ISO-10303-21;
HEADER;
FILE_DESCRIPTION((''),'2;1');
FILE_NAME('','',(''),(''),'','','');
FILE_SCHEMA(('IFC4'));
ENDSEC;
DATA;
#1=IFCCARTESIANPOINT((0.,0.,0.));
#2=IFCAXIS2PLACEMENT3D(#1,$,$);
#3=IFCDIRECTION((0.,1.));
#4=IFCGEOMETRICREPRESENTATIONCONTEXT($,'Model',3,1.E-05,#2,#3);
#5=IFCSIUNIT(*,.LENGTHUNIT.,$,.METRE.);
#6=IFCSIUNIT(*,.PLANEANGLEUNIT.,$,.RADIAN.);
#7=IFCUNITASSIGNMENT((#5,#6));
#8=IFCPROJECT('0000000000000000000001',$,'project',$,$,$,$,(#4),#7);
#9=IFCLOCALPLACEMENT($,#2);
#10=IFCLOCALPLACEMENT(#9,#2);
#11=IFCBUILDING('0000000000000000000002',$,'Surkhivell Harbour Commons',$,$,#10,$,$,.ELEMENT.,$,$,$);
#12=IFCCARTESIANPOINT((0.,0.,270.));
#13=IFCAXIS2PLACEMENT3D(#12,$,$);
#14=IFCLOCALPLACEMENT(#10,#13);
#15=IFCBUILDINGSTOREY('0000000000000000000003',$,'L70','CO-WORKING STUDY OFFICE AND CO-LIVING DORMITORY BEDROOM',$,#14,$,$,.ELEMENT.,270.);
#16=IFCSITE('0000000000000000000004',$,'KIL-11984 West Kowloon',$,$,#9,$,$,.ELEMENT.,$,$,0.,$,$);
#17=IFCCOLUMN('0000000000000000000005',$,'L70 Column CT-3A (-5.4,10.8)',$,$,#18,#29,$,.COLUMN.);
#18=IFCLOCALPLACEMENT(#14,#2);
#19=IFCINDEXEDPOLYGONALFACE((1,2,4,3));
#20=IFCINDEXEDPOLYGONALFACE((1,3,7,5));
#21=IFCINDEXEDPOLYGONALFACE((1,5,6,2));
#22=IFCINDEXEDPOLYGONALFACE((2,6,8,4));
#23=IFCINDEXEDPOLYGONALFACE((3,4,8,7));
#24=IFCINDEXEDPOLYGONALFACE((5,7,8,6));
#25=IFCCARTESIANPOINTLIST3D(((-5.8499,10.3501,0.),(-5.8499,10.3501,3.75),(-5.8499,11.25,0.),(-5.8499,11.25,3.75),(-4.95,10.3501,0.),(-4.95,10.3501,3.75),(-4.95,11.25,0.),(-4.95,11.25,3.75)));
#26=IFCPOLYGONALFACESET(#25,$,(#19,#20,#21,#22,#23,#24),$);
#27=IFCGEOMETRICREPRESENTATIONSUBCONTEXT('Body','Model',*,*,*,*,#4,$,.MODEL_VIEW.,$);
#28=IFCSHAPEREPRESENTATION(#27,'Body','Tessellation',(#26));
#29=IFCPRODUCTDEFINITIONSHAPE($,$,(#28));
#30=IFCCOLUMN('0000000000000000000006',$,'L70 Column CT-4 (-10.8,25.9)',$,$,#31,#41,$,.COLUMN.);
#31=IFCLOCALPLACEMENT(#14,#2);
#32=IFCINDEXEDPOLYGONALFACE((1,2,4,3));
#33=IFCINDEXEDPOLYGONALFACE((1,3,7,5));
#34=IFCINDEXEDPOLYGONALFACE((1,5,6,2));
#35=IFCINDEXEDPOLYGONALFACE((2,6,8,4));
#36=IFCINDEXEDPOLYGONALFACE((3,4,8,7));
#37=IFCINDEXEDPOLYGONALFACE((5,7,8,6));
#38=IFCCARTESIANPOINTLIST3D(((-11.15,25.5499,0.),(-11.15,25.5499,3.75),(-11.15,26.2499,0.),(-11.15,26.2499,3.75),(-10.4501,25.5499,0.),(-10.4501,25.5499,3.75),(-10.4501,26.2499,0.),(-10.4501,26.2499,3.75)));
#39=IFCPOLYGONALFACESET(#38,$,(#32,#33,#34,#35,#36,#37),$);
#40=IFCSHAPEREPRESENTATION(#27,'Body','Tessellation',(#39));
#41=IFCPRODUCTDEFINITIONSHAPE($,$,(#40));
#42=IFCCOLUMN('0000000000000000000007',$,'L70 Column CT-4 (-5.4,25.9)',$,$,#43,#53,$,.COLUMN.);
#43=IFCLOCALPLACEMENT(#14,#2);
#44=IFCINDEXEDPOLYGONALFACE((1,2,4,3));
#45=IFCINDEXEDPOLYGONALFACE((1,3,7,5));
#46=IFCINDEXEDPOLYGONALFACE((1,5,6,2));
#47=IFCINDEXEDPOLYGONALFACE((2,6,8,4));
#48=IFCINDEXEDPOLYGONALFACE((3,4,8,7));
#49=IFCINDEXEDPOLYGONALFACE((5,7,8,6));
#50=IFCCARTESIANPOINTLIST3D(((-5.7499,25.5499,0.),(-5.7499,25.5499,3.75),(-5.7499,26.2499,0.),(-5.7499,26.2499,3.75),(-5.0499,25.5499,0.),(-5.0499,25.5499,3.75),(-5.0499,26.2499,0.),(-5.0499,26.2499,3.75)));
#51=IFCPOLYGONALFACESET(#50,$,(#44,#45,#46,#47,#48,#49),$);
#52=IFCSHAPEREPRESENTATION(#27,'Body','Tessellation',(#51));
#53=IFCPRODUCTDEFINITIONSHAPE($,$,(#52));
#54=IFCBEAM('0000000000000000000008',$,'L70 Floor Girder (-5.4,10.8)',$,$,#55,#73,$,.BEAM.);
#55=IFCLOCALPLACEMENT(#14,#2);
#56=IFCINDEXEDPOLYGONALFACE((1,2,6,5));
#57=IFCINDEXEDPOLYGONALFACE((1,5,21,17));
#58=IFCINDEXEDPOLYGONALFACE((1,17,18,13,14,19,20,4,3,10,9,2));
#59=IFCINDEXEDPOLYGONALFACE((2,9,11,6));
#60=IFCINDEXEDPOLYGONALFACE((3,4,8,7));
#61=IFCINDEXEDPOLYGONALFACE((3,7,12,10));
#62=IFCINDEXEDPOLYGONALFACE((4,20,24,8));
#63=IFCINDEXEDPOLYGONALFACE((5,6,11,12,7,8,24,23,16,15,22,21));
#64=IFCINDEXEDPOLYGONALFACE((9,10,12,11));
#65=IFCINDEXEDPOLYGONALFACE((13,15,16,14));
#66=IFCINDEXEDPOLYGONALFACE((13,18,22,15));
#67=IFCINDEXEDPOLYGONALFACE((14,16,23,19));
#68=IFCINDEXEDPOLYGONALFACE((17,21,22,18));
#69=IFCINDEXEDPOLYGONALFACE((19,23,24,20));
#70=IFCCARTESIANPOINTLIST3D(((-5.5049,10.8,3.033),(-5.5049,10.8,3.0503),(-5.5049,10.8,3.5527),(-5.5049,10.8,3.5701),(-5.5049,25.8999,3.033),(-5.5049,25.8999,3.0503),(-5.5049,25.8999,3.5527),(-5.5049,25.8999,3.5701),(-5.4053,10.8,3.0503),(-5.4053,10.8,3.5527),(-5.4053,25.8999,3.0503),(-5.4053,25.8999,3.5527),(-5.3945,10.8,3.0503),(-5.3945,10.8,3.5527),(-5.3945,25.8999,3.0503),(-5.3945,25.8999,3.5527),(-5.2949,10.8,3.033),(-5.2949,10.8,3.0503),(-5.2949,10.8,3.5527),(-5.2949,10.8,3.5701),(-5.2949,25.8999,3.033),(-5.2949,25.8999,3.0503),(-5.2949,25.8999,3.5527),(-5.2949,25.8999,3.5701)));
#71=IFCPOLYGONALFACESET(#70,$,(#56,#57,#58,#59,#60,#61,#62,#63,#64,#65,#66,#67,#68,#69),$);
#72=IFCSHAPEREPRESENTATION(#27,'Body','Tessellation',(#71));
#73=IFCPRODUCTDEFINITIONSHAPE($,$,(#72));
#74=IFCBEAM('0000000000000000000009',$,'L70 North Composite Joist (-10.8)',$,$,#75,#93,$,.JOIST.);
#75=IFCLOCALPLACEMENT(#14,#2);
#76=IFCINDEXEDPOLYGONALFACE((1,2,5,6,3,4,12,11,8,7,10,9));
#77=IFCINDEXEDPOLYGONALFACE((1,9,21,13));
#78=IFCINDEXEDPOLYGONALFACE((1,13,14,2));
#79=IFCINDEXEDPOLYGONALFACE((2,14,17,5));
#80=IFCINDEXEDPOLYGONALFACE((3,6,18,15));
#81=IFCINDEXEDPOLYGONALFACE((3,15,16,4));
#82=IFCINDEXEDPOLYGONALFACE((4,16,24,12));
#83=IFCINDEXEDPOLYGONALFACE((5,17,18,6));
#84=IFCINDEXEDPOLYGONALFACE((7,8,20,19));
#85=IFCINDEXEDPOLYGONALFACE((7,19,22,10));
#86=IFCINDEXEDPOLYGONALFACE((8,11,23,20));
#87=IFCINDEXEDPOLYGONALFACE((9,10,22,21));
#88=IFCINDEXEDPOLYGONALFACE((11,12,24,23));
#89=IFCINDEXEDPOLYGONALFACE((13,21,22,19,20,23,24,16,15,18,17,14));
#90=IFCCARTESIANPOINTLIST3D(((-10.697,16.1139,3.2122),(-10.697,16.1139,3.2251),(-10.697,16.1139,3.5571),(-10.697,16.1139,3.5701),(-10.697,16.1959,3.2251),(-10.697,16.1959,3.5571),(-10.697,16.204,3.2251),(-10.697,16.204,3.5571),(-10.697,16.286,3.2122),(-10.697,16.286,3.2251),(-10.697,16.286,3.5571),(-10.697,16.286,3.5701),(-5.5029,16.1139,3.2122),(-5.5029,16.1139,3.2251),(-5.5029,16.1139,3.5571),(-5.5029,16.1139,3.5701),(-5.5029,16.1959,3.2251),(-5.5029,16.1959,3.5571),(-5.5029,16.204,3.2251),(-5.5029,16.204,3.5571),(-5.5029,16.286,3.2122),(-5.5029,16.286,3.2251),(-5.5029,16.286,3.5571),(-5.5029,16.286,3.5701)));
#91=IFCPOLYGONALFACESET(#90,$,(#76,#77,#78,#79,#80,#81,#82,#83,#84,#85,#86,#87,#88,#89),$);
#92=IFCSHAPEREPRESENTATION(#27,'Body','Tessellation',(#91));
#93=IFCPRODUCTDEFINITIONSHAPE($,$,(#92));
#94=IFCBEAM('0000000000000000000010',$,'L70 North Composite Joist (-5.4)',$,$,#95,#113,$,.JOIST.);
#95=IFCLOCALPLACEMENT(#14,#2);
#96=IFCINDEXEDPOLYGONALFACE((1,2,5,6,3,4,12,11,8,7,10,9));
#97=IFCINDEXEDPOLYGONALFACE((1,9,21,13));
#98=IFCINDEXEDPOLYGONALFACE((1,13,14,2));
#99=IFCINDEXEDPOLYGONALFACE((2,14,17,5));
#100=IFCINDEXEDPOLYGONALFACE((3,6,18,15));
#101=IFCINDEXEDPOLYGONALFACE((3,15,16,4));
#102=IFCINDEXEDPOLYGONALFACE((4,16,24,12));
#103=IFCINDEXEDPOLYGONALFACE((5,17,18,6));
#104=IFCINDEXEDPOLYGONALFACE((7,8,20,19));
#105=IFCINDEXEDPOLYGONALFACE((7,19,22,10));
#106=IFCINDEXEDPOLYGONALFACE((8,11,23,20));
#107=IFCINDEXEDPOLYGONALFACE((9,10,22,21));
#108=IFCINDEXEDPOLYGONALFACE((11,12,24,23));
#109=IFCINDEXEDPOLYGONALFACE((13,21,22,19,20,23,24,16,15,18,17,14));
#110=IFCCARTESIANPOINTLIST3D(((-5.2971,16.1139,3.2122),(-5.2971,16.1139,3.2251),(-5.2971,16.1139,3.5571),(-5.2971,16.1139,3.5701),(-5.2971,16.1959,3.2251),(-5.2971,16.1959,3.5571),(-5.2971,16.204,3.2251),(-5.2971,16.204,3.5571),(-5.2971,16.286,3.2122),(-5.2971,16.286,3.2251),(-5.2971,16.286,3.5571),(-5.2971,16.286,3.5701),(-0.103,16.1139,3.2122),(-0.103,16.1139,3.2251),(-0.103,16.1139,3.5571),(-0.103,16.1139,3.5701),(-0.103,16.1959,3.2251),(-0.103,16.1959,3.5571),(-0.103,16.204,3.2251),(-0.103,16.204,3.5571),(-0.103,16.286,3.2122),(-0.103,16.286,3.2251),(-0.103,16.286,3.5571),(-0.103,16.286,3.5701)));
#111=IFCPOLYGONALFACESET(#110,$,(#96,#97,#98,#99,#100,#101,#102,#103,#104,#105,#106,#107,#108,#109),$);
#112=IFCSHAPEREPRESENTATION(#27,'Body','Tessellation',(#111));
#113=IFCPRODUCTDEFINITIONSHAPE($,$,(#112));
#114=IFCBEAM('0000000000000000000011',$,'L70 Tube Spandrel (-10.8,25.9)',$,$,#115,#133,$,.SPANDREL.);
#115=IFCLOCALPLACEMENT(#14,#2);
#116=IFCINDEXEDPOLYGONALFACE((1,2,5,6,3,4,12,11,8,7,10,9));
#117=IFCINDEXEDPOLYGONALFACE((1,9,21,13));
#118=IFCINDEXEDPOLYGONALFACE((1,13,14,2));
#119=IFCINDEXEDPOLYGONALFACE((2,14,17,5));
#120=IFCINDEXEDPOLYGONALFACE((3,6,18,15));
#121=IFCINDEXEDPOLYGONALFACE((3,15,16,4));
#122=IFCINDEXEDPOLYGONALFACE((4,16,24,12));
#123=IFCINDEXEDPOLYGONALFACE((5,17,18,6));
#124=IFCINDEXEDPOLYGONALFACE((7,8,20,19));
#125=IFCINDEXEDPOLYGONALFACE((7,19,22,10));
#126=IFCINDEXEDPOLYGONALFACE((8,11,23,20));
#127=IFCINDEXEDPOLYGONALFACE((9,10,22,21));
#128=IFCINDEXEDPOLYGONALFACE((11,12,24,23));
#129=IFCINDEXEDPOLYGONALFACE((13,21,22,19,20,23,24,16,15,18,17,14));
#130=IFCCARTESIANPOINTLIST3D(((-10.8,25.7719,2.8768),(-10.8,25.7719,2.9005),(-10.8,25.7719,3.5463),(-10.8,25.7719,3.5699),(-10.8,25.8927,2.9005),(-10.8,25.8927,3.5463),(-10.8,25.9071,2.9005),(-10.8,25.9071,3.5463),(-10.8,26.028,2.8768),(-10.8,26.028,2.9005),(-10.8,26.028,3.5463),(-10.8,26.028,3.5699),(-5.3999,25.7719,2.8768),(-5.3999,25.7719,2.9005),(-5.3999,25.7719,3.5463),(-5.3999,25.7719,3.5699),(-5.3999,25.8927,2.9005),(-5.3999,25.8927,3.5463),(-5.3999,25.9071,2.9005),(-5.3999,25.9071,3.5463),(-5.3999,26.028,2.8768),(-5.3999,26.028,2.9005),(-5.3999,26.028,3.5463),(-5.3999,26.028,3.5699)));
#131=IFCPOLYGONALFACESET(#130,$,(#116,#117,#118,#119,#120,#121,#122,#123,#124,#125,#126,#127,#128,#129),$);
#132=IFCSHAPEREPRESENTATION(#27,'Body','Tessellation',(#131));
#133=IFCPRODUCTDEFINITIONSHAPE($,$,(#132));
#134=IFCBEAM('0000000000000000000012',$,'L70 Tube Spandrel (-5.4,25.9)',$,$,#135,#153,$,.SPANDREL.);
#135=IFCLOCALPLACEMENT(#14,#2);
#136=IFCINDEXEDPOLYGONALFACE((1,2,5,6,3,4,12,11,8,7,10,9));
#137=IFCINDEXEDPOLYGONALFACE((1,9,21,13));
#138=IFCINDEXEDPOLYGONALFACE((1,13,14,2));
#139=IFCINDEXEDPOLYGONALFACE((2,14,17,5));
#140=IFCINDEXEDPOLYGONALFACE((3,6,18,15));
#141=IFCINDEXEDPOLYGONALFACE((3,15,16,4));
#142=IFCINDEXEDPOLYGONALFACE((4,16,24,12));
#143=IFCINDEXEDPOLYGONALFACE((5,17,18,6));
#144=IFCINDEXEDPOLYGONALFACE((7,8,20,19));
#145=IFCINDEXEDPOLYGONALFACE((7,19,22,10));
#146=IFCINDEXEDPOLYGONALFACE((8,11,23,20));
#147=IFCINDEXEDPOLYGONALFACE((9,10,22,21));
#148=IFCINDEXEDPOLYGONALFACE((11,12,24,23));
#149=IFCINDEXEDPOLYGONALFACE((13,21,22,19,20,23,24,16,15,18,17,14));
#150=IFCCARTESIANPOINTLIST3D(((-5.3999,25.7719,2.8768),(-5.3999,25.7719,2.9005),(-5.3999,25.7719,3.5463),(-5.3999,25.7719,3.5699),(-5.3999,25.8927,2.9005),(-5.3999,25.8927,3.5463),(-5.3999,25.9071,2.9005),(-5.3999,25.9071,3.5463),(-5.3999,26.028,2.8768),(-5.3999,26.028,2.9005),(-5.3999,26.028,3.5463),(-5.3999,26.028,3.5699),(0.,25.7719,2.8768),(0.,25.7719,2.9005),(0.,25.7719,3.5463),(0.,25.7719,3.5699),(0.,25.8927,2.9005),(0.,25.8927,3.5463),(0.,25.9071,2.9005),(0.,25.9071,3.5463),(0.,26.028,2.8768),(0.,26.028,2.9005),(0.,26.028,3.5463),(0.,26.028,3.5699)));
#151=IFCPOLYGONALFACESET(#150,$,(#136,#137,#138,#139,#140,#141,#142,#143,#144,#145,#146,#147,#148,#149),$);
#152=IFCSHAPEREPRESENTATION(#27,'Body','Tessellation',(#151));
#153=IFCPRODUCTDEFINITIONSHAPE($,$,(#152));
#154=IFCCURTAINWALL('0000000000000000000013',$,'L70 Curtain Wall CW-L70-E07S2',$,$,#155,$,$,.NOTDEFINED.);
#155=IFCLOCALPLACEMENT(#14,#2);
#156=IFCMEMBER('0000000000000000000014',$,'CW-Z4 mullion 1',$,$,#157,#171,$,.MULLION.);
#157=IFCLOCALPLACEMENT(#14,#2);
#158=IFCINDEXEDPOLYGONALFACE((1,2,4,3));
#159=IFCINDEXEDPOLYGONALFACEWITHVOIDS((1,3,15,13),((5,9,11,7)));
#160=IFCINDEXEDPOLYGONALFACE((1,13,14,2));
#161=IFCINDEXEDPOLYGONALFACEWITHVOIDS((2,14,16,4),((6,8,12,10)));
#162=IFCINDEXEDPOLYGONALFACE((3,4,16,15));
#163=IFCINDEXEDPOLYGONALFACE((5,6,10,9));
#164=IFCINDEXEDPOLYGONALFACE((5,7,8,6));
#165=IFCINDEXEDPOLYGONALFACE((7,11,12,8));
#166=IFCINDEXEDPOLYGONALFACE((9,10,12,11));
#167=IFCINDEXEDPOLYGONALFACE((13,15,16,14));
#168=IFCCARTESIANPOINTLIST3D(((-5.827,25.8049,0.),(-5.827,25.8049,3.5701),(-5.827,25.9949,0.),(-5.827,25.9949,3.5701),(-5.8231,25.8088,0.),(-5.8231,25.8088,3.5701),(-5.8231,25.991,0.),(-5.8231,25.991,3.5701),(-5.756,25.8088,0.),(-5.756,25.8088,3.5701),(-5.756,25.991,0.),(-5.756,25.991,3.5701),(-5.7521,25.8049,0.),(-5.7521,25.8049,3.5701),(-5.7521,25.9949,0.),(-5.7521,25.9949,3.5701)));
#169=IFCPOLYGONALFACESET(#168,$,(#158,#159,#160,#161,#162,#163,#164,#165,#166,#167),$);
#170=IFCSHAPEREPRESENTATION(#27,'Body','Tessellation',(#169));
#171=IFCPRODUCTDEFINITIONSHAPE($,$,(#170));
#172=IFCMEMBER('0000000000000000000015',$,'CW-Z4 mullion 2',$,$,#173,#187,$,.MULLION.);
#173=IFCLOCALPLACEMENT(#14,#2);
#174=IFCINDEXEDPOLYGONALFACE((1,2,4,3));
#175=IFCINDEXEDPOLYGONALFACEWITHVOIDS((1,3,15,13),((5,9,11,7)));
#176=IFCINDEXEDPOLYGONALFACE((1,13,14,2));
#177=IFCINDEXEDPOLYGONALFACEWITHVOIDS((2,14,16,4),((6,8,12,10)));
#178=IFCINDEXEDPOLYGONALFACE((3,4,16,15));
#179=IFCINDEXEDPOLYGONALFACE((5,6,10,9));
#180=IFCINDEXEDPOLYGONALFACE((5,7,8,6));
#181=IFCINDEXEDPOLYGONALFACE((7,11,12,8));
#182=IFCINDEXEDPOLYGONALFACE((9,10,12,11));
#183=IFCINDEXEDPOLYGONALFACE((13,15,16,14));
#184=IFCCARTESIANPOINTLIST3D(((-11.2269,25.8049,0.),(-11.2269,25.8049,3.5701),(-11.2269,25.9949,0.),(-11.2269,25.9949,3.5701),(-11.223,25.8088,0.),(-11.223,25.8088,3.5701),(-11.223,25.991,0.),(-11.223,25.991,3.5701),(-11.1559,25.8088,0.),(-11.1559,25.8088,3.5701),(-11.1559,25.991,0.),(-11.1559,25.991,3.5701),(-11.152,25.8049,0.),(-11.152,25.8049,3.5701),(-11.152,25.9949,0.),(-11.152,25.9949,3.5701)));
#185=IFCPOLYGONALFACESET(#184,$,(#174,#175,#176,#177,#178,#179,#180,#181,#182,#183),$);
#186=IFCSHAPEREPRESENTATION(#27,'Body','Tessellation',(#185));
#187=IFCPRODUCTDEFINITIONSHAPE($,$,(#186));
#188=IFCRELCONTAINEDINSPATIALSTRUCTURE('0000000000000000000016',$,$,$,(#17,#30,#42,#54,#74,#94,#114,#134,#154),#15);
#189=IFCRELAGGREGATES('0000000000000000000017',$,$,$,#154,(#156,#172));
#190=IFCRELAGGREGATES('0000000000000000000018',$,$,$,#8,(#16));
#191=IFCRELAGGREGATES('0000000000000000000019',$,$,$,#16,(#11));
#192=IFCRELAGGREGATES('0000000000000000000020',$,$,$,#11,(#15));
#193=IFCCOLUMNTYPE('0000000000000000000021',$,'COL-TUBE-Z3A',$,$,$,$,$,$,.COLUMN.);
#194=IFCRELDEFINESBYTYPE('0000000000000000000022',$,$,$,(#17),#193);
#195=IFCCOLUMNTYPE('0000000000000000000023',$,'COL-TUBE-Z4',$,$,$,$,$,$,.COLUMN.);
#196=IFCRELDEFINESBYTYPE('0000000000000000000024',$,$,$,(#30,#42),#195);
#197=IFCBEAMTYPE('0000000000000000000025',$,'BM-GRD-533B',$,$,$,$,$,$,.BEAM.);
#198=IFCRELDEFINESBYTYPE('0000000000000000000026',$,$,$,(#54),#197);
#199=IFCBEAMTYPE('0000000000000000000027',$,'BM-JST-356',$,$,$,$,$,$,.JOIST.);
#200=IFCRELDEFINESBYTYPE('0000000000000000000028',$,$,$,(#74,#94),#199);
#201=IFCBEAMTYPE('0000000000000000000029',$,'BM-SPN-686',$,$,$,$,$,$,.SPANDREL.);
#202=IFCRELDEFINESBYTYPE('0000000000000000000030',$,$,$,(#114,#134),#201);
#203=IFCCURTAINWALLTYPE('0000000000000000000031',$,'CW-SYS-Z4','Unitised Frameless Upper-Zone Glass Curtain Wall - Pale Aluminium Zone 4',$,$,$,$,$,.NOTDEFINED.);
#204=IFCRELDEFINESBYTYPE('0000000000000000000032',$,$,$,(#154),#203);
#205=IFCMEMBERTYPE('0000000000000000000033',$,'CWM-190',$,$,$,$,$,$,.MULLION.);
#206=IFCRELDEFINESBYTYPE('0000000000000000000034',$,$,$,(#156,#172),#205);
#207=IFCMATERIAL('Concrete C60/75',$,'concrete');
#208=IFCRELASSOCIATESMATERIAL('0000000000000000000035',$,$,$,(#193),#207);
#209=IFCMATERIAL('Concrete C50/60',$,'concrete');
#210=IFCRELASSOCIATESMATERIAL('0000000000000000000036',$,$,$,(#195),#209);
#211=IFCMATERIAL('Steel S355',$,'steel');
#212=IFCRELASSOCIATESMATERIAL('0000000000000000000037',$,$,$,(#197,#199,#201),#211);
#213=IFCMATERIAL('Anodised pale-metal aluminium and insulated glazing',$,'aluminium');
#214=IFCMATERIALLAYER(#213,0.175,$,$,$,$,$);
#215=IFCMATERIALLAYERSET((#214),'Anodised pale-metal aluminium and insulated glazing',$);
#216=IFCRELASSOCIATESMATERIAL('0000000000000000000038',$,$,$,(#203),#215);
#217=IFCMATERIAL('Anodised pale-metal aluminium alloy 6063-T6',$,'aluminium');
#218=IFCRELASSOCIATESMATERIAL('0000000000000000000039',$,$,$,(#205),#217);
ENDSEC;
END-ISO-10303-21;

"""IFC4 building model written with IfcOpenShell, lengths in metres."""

from ifc_helpers import new_model, si_unit, direction, frame, origin, origin_2d, place, context, subcontext, project, spatial, rectangle, hollow_rectangle, i_section, extrude, material, layer, layer_set, material_profile, profile_set, type_object, element, aggregate, save


model = new_model("IFC4")

# Units and contexts
model_context = context("Model", 3, precision=1e-05, world=origin(), true_north=direction((0.0, 1.0)))
body_context = subcontext(model_context, "Body", "Model", "MODEL_VIEW")
ifc_project = project(units=[si_unit("LENGTHUNIT", "METRE"), si_unit("PLANEANGLEUNIT", "RADIAN")], contexts=[model_context])

# Site, building, storey
site_placement = place(None, origin())
site = spatial("IfcSite", under=ifc_project, at=site_placement, Name="KIL-11984 West Kowloon", CompositionType="ELEMENT", RefElevation=0.0)
building_placement = place(site_placement, origin())
building = spatial("IfcBuilding", under=site, at=building_placement, Name="Surkhivell Harbour Commons", CompositionType="ELEMENT")
storey_placement = place(building_placement, frame((0.0, 0.0, 270.0)))
storey = spatial("IfcBuildingStorey", under=building, at=storey_placement, Name="L70", Description="CO-WORKING STUDY OFFICE AND CO-LIVING DORMITORY BEDROOM", CompositionType="ELEMENT", Elevation=270.0)

# Columns
ifc_material_1 = material(Name="Concrete C60/75", Category="concrete")
ifc_material_profile_1 = material_profile(ifc_material_1, rectangle(XDim=0.8999, YDim=0.8999, at=origin_2d()), Name="RC-COL-900x900")
ifc_profile_set_1 = profile_set([ifc_material_profile_1], Name="Concrete C60/75")
column_type_1 = type_object("IfcColumnType", Name="COL-TUBE-Z3A", PredefinedType="COLUMN", material=ifc_profile_set_1)
column_placement = place(storey_placement, frame((-5.3999, 10.8, 0.0), z_axis=(0.0, 0.0, 1.0), x_axis=(1.0, 0.0, 0.0)))
element("IfcColumn", 1, at=column_placement, inside=storey, type_object=column_type_1, Name="L70 Column CT-3A (-5.4,10.8)", PredefinedType="COLUMN", context=body_context, shape_type="SweptSolid", body=[
    extrude(rectangle(XDim=0.8999, YDim=0.8999, at=origin_2d()), origin(), (0.0, 0.0, 1.0), 3.75),
])
ifc_material_2 = material(Name="Concrete C50/60", Category="concrete")
ifc_material_profile_2 = material_profile(ifc_material_2, rectangle(XDim=0.7, YDim=0.7, at=origin_2d()), Name="RC-COL-700x700")
ifc_profile_set_2 = profile_set([ifc_material_profile_2], Name="Concrete C50/60")
column_type_2 = type_object("IfcColumnType", Name="COL-TUBE-Z4", PredefinedType="COLUMN", material=ifc_profile_set_2)
for number, where, z_axis, x_axis, name in (
    (2, (-10.8, 25.8999, 0.0), (0.0, 0.0, 1.0), (1.0, 0.0, 0.0), "L70 Column CT-4 (-10.8,25.9)"),
    (3, (-5.3999, 25.8999, 0.0), (0.0, 0.0, 1.0), (1.0, 0.0, 0.0), "L70 Column CT-4 (-5.4,25.9)"),
):
    element("IfcColumn", number, at=place(storey_placement, frame(where, z_axis=z_axis, x_axis=x_axis)), inside=storey, type_object=column_type_2, Name=name, PredefinedType="COLUMN", context=body_context, shape_type="SweptSolid", body=[
        extrude(rectangle(XDim=0.7, YDim=0.7, at=origin_2d()), origin(), (0.0, 0.0, 1.0), 3.75),
    ])

# Beams
ifc_material_3 = material(Name="Steel S355", Category="steel")
ifc_material_profile_3 = material_profile(ifc_material_3, i_section(OverallWidth=0.21, OverallDepth=0.5371, WebThickness=0.0107, FlangeThickness=0.0173, at=origin_2d()), Name="UB533x210x101")
ifc_profile_set_3 = profile_set([ifc_material_profile_3], Name="Steel S355")
beam_type_1 = type_object("IfcBeamType", Name="BM-GRD-533B", PredefinedType="BEAM", material=ifc_profile_set_3)
beam_1_placement = place(storey_placement, frame((-5.3999, 10.8, 3.3015), z_axis=(0.0, 1.0, 0.0), x_axis=(-1.0, 0.0, 0.0)))
element("IfcBeam", 4, at=beam_1_placement, inside=storey, type_object=beam_type_1, Name="L70 Floor Girder (-5.4,10.8)", PredefinedType="BEAM", context=body_context, shape_type="SweptSolid", body=[
    extrude(i_section(OverallWidth=0.21, OverallDepth=0.5371, WebThickness=0.0107, FlangeThickness=0.0173, at=origin_2d()), origin(), (0.0, 0.0, 1.0), 15.0999),
])
ifc_material_profile_4 = material_profile(ifc_material_3, i_section(OverallWidth=0.1721, OverallDepth=0.3579, WebThickness=0.0081, FlangeThickness=0.0129, at=origin_2d()), Name="UB356x171x57")
ifc_profile_set_4 = profile_set([ifc_material_profile_4], Name="Steel S355")
beam_type_2 = type_object("IfcBeamType", Name="BM-JST-356", PredefinedType="JOIST", material=ifc_profile_set_4)
for number, where, z_axis, x_axis, name in (
    (5, (-10.697, 16.2, 3.3911), (1.0, 0.0, 0.0), (0.0, 1.0, 0.0), "L70 North Composite Joist (-10.8)"),
    (6, (-5.2971, 16.2, 3.3911), (1.0, 0.0, 0.0), (0.0, 1.0, 0.0), "L70 North Composite Joist (-5.4)"),
):
    element("IfcBeam", number, at=place(storey_placement, frame(where, z_axis=z_axis, x_axis=x_axis)), inside=storey, type_object=beam_type_2, Name=name, PredefinedType="JOIST", context=body_context, shape_type="SweptSolid", body=[
        extrude(i_section(OverallWidth=0.1721, OverallDepth=0.3579, WebThickness=0.0081, FlangeThickness=0.0129, at=origin_2d()), origin(), (0.0, 0.0, 1.0), 5.1941),
    ])
ifc_material_profile_5 = material_profile(ifc_material_3, i_section(OverallWidth=0.2561, OverallDepth=0.6931, WebThickness=0.0144, FlangeThickness=0.0237, at=origin_2d()), Name="UB686x254x170")
ifc_profile_set_5 = profile_set([ifc_material_profile_5], Name="Steel S355")
beam_type_3 = type_object("IfcBeamType", Name="BM-SPN-686", PredefinedType="SPANDREL", material=ifc_profile_set_5)
beam_2_placement = place(storey_placement, frame((-10.8, 25.8999, 3.2234), z_axis=(1.0, 0.0, 0.0), x_axis=(0.0, 1.0, 0.0)))
element("IfcBeam", 7, at=beam_2_placement, inside=storey, type_object=beam_type_3, Name="L70 Tube Spandrel (-10.8,25.9)", PredefinedType="SPANDREL", context=body_context, shape_type="SweptSolid", body=[
    extrude(i_section(OverallWidth=0.2561, OverallDepth=0.6931, WebThickness=0.0144, FlangeThickness=0.0237, at=origin_2d()), origin(), (0.0, 0.0, 1.0), 5.4001),
])
beam_3_placement = place(storey_placement, frame((-5.3999, 25.8999, 3.2234), z_axis=(1.0, 0.0, 0.0), x_axis=(0.0, 1.0, 0.0)))
element("IfcBeam", 8, at=beam_3_placement, inside=storey, type_object=beam_type_3, Name="L70 Tube Spandrel (-5.4,25.9)", PredefinedType="SPANDREL", context=body_context, shape_type="SweptSolid", body=[
    extrude(i_section(OverallWidth=0.2561, OverallDepth=0.6931, WebThickness=0.0144, FlangeThickness=0.0237, at=origin_2d()), origin(), (0.0, 0.0, 1.0), 5.3999),
])

# Curtain wall, members
ifc_material_4 = material(Name="Anodised pale-metal aluminium and insulated glazing", Category="aluminium")
ifc_layer_1 = layer(ifc_material_4, 0.175)
ifc_layer_set_1 = layer_set([ifc_layer_1], Name="Anodised pale-metal aluminium and insulated glazing")
curtain_wall_type = type_object("IfcCurtainWallType", Name="CW-SYS-Z4", Description="Unitised Frameless Upper-Zone Glass Curtain Wall - Pale Aluminium Zone 4", PredefinedType="NOTDEFINED", material=ifc_layer_set_1)
curtain_wall_placement = place(storey_placement, origin())
curtain_wall = element("IfcCurtainWall", 9, at=curtain_wall_placement, inside=storey, type_object=curtain_wall_type, Name="L70 Curtain Wall CW-L70-E07S2", PredefinedType="NOTDEFINED")
ifc_material_5 = material(Name="Anodised pale-metal aluminium alloy 6063-T6", Category="aluminium")
ifc_material_profile_6 = material_profile(ifc_material_5, hollow_rectangle(XDim=0.075, YDim=0.1899, WallThickness=0.0039, at=origin_2d()), Name="ALU-MULL-75x190")
ifc_profile_set_6 = profile_set([ifc_material_profile_6], Name="Anodised pale-metal aluminium alloy 6063-T6")
member_type_1 = type_object("IfcMemberType", Name="CWM-190", PredefinedType="MULLION", material=ifc_profile_set_6)
member_1_placement = place(storey_placement, frame((-5.7896, 25.8999, 0.0), z_axis=(0.0, 0.0, 1.0), x_axis=(-1.0, 0.0, 0.0)))
member_1 = element("IfcMember", 10, at=member_1_placement, type_object=member_type_1, Name="CW-Z4 mullion 1", PredefinedType="MULLION", context=body_context, shape_type="SweptSolid", body=[
    extrude(hollow_rectangle(XDim=0.075, YDim=0.1899, WallThickness=0.0039, at=origin_2d()), origin(), (0.0, 0.0, 1.0), 3.5701),
])
member_2_placement = place(storey_placement, frame((-11.1895, 25.8999, 0.0), z_axis=(0.0, 0.0, 1.0), x_axis=(-1.0, 0.0, 0.0)))
member_2 = element("IfcMember", 11, at=member_2_placement, type_object=member_type_1, Name="CW-Z4 mullion 2", PredefinedType="MULLION", context=body_context, shape_type="SweptSolid", body=[
    extrude(hollow_rectangle(XDim=0.075, YDim=0.1899, WallThickness=0.0039, at=origin_2d()), origin(), (0.0, 0.0, 1.0), 3.5701),
])

aggregate(curtain_wall, [member_1, member_2])

save(model, "model.ifc")
